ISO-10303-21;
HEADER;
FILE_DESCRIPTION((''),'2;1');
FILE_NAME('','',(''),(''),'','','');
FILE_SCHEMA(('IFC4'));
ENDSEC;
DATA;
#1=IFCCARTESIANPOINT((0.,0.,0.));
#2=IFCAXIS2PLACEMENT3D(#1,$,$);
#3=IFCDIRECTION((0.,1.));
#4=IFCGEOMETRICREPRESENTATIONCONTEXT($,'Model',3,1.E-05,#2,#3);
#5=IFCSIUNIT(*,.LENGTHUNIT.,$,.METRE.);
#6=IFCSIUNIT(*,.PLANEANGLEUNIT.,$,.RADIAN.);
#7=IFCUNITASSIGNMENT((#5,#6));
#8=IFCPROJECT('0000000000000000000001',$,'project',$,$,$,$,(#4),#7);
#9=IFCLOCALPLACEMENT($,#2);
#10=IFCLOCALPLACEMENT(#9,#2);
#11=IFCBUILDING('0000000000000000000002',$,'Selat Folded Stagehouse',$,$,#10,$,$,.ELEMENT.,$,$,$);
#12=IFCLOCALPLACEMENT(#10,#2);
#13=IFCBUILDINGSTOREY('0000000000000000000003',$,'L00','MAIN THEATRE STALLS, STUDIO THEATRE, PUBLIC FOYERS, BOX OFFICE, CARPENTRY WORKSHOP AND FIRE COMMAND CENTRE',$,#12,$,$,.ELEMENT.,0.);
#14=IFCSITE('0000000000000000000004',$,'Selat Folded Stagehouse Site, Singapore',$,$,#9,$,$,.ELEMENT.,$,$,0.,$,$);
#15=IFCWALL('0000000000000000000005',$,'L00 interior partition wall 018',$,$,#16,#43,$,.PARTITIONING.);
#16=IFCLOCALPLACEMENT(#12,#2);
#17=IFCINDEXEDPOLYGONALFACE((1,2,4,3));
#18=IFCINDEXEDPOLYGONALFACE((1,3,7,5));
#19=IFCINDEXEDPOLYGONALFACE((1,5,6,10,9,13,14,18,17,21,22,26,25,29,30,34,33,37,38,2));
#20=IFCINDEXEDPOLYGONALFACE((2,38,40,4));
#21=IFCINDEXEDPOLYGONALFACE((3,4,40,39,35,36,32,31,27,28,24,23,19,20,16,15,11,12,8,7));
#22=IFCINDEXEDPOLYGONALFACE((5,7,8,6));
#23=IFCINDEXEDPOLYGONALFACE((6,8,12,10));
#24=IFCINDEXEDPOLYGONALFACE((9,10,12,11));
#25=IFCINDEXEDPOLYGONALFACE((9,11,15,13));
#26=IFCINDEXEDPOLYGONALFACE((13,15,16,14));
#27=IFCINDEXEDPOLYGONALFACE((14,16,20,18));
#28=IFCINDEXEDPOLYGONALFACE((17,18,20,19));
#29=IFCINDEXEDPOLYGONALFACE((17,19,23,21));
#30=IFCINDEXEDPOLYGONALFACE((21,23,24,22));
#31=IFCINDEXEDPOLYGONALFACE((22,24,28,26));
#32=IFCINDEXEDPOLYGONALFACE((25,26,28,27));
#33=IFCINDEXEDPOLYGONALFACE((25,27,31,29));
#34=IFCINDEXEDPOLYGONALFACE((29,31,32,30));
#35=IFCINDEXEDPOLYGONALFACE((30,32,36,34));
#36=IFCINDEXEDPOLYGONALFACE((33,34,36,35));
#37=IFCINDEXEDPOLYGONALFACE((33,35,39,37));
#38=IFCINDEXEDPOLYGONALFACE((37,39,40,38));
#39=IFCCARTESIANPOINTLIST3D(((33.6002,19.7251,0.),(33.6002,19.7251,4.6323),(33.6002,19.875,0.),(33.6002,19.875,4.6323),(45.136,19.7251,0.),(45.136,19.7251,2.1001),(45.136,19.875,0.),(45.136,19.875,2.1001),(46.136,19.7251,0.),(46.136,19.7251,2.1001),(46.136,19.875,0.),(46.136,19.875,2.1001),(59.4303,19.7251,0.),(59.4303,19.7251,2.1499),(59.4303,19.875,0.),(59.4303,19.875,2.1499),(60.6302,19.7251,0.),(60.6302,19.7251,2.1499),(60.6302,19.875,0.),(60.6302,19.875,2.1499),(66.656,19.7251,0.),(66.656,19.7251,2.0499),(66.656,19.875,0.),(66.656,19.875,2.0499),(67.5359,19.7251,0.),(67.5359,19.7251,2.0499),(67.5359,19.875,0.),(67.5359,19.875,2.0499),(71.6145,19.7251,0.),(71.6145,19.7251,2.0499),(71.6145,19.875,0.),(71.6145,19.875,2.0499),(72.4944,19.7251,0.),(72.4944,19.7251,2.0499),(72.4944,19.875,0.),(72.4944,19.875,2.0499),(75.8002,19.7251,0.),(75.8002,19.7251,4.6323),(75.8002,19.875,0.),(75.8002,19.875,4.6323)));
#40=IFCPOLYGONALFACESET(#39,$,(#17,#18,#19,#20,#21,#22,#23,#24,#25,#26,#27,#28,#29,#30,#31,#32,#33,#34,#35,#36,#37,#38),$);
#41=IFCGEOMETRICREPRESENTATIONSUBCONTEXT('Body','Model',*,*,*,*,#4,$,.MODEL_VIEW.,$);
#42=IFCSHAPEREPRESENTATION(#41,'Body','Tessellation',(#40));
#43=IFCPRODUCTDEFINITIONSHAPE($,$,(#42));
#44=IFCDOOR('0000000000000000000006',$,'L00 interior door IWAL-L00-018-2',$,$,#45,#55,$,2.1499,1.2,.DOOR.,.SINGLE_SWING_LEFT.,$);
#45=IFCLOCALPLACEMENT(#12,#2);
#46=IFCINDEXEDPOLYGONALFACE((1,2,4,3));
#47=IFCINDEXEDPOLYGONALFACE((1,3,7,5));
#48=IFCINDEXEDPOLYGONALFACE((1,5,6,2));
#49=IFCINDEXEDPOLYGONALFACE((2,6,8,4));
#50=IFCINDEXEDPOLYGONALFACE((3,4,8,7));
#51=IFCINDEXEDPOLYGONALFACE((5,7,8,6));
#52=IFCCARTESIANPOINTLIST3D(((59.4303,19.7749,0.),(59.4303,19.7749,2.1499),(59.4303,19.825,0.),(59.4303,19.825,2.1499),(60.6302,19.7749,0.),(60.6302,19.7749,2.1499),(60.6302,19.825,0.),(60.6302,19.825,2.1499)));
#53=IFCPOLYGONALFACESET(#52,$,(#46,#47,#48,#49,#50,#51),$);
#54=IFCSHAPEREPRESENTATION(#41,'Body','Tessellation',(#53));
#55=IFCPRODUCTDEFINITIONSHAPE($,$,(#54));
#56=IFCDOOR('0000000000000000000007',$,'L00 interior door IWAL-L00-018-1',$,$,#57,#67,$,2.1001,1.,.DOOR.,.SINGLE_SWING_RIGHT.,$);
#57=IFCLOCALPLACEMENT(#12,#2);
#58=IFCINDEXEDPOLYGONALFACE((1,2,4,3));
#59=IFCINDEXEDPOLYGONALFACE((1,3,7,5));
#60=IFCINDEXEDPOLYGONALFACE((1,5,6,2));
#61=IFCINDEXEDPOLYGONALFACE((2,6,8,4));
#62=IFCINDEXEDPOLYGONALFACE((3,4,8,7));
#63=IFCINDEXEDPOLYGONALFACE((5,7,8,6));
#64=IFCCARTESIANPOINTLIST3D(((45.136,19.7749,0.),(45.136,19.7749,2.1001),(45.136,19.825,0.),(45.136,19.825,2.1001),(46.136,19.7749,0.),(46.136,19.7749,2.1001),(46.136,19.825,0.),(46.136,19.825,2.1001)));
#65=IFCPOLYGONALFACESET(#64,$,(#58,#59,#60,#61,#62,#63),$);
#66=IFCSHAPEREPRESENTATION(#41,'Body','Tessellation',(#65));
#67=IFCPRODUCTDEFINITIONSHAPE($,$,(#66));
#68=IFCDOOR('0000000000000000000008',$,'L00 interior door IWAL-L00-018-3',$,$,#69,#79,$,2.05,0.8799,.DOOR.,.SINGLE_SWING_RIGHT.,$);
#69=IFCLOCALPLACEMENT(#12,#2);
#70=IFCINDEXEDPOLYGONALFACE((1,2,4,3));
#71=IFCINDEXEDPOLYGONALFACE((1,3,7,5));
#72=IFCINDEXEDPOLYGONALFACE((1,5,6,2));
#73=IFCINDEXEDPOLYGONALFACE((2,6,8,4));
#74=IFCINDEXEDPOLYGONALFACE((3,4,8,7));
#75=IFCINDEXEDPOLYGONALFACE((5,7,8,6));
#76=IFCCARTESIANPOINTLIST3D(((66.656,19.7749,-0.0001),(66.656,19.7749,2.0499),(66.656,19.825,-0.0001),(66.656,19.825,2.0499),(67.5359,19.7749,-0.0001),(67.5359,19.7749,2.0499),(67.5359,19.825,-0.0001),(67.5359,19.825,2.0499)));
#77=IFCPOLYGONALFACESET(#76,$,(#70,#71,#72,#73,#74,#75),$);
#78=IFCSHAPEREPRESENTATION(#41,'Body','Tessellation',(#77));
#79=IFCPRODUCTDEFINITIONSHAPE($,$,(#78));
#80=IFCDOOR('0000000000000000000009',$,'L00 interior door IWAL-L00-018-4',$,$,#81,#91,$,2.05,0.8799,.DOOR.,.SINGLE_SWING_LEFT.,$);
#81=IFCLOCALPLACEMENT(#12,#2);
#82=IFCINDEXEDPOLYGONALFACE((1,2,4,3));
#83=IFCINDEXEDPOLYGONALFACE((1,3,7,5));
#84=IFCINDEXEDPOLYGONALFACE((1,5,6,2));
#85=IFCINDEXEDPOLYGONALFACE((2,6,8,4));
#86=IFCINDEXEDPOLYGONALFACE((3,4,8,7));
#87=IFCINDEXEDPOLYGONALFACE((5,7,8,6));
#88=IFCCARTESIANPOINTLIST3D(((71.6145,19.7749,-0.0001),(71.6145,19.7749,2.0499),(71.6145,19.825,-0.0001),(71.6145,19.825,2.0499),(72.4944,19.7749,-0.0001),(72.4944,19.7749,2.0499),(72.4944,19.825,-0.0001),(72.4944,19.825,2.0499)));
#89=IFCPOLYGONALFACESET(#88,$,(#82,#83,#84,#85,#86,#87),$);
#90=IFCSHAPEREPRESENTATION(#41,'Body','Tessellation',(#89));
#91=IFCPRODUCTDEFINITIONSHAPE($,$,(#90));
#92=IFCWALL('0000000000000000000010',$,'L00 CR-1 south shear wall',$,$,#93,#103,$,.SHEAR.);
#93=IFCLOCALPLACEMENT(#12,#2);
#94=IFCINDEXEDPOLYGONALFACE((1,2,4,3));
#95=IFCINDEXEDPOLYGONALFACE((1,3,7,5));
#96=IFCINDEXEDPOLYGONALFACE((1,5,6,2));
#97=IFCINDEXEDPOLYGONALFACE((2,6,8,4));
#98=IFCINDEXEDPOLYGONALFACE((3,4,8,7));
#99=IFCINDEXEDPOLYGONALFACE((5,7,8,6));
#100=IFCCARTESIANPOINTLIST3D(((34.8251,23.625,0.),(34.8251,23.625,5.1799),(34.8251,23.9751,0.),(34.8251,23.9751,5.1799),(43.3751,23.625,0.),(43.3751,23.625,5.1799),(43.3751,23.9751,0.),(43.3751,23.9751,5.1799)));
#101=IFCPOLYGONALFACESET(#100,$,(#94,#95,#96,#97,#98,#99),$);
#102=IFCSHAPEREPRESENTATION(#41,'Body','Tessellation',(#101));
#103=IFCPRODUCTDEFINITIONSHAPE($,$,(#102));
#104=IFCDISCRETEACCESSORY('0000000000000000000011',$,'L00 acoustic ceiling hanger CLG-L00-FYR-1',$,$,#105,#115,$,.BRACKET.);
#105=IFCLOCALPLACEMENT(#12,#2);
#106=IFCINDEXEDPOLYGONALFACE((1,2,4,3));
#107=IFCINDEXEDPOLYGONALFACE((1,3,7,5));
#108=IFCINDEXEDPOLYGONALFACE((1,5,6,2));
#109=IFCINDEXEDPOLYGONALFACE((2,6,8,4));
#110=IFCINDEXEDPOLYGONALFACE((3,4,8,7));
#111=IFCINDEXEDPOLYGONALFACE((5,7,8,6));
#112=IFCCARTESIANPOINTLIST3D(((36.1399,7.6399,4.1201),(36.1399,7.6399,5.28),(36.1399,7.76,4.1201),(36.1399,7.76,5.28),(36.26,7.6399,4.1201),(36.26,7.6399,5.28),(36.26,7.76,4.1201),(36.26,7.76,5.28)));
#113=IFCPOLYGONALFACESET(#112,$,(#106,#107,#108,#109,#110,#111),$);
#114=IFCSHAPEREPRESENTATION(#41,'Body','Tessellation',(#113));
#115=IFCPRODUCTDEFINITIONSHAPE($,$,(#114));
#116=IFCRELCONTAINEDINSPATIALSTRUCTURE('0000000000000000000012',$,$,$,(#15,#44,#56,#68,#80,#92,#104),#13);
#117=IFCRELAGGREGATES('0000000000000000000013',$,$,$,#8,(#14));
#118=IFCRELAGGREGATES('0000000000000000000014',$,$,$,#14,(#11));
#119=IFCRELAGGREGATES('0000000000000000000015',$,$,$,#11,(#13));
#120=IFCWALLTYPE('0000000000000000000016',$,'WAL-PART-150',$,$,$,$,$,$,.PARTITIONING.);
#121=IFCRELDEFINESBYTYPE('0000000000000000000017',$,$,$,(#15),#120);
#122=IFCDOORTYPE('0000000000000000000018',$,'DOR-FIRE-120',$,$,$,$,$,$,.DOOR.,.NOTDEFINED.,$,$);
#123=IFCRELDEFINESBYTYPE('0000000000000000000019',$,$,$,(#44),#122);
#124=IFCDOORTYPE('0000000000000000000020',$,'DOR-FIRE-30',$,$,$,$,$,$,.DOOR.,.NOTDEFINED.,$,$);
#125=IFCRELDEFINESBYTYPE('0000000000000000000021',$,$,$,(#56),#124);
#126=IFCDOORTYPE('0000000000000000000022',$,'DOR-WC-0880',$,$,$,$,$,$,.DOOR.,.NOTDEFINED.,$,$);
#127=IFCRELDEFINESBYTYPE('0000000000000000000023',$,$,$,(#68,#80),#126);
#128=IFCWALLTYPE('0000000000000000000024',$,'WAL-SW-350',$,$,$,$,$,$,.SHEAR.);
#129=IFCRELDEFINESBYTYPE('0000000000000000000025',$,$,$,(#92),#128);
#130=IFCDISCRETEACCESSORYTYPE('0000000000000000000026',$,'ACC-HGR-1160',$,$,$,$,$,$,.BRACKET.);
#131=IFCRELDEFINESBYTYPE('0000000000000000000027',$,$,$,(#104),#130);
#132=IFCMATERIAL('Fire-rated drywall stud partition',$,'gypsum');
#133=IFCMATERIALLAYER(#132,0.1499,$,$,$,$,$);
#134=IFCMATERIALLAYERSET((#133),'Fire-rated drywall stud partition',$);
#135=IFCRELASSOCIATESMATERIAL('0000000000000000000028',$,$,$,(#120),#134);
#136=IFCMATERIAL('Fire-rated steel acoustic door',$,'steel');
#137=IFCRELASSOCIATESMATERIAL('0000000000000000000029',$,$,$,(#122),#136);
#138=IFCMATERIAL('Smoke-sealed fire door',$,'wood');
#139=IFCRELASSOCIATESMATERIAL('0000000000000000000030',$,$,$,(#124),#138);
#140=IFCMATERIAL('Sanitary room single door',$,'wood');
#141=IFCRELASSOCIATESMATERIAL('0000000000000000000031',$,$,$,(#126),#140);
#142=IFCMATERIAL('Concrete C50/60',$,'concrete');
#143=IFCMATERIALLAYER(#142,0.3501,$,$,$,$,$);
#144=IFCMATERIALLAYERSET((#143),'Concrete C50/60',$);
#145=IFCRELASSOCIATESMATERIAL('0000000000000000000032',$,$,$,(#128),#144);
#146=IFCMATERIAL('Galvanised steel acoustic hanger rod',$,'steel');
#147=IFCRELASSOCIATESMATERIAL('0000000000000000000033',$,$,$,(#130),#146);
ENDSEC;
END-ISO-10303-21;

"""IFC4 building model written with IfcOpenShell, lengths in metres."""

from ifc_helpers import new_model, si_unit, direction, frame, frame_2d, origin, origin_2d, place, context, subcontext, project, spatial, rectangle, extrude, material, layer, layer_set, type_object, element, fill, save


model = new_model("IFC4")

# Units and contexts
model_context = context("Model", 3, precision=1e-05, world=origin(), true_north=direction((0.0, 1.0)))
body_context = subcontext(model_context, "Body", "Model", "MODEL_VIEW")
ifc_project = project(units=[si_unit("LENGTHUNIT", "METRE"), si_unit("PLANEANGLEUNIT", "RADIAN")], contexts=[model_context])

# Site, building, storey
site_placement = place(None, origin())
site = spatial("IfcSite", under=ifc_project, at=site_placement, Name="Selat Folded Stagehouse Site, Singapore", CompositionType="ELEMENT", RefElevation=0.0)
building_placement = place(site_placement, origin())
building = spatial("IfcBuilding", under=site, at=building_placement, Name="Selat Folded Stagehouse", CompositionType="ELEMENT")
storey_placement = place(building_placement, origin())
storey = spatial("IfcBuildingStorey", under=building, at=storey_placement, Name="L00", Description="MAIN THEATRE STALLS, STUDIO THEATRE, PUBLIC FOYERS, BOX OFFICE, CARPENTRY WORKSHOP AND FIRE COMMAND CENTRE", CompositionType="ELEMENT", Elevation=0.0)

# Wall, openings, doors
ifc_material_1 = material(Name="Fire-rated drywall stud partition", Category="gypsum")
ifc_layer_1 = layer(ifc_material_1, 0.1499)
ifc_layer_set_1 = layer_set([ifc_layer_1], Name="Fire-rated drywall stud partition")
wall_type_1 = type_object("IfcWallType", Name="WAL-PART-150", PredefinedType="PARTITIONING", material=ifc_layer_set_1)
wall_1_placement = place(storey_placement, frame((33.6001, 19.8, 0.0), z_axis=(0.0, 0.0, 1.0), x_axis=(1.0, 0.0, 0.0)))
wall_1 = element("IfcWall", 1, at=wall_1_placement, inside=storey, type_object=wall_type_1, Name="L00 interior partition wall 018", PredefinedType="PARTITIONING", context=body_context, shape_type="SweptSolid", body=[
    extrude(rectangle(XDim=42.2, YDim=0.1499, at=frame_2d((21.1001, 0.0))), origin(), (0.0, 0.0, 1.0), 4.6323),
])
opening_1_placement = place(wall_1_placement, frame((11.5359, 0.0, 0.0)))
opening_1 = element("IfcOpeningElement", 2, at=opening_1_placement, cuts=wall_1, PredefinedType="OPENING", context=body_context, shape_type="SweptSolid", body=[
    extrude(rectangle(XDim=1.0, YDim=2.1001, at=frame_2d((0.5, 1.05))), frame((0.0, 0.085, 0.0), z_axis=(0.0, -1.0, 0.0), x_axis=(1.0, 0.0, 0.0)), (0.0, 0.0, 1.0), 0.1699),
])
opening_2_placement = place(wall_1_placement, frame((25.8301, 0.0, 0.0)))
opening_2 = element("IfcOpeningElement", 3, at=opening_2_placement, cuts=wall_1, PredefinedType="OPENING", context=body_context, shape_type="SweptSolid", body=[
    extrude(rectangle(XDim=1.2, YDim=2.1499, at=frame_2d((0.6001, 1.075))), frame((0.0, 0.085, 0.0), z_axis=(0.0, -1.0, 0.0), x_axis=(1.0, 0.0, 0.0)), (0.0, 0.0, 1.0), 0.1699),
])
opening_3_placement = place(wall_1_placement, frame((33.0559, 0.0, 0.0)))
opening_3 = element("IfcOpeningElement", 4, at=opening_3_placement, cuts=wall_1, PredefinedType="OPENING", context=body_context, shape_type="SweptSolid", body=[
    extrude(rectangle(XDim=0.8799, YDim=2.05, at=frame_2d((0.4399, 1.0249))), frame((0.0, 0.085, 0.0), z_axis=(0.0, -1.0, 0.0), x_axis=(1.0, 0.0, 0.0)), (0.0, 0.0, 1.0), 0.1699),
])
opening_4_placement = place(wall_1_placement, frame((38.0144, 0.0, 0.0)))
opening_4 = element("IfcOpeningElement", 5, at=opening_4_placement, cuts=wall_1, PredefinedType="OPENING", context=body_context, shape_type="SweptSolid", body=[
    extrude(rectangle(XDim=0.8799, YDim=2.05, at=frame_2d((0.4399, 1.0249))), frame((0.0, 0.085, 0.0), z_axis=(0.0, -1.0, 0.0), x_axis=(1.0, 0.0, 0.0)), (0.0, 0.0, 1.0), 0.1699),
])
ifc_material_2 = material(Name="Fire-rated steel acoustic door", Category="steel")
door_type_1 = type_object("IfcDoorType", Name="DOR-FIRE-120", OperationType="NOTDEFINED", PredefinedType="DOOR", material=ifc_material_2)
door_1_placement = place(opening_2_placement, origin())
door_1 = element("IfcDoor", 6, at=door_1_placement, inside=storey, type_object=door_type_1, Name="L00 interior door IWAL-L00-018-2", OperationType="SINGLE_SWING_LEFT", OverallHeight=2.1499, OverallWidth=1.2, PredefinedType="DOOR", context=body_context, shape_type="SweptSolid", body=[
    extrude(rectangle(XDim=1.2, YDim=2.1499, at=frame_2d((0.6001, 1.075))), frame((0.0, 0.0249, 0.0), z_axis=(0.0, -1.0, 0.0), x_axis=(1.0, 0.0, 0.0)), (0.0, 0.0, 1.0), 0.05),
])
fill(opening_2, door_1)
ifc_material_3 = material(Name="Smoke-sealed fire door", Category="wood")
door_type_2 = type_object("IfcDoorType", Name="DOR-FIRE-30", OperationType="NOTDEFINED", PredefinedType="DOOR", material=ifc_material_3)
door_2_placement = place(opening_1_placement, origin())
door_2 = element("IfcDoor", 7, at=door_2_placement, inside=storey, type_object=door_type_2, Name="L00 interior door IWAL-L00-018-1", OperationType="SINGLE_SWING_RIGHT", OverallHeight=2.1001, OverallWidth=1.0, PredefinedType="DOOR", context=body_context, shape_type="SweptSolid", body=[
    extrude(rectangle(XDim=1.0, YDim=2.1001, at=frame_2d((0.5, 1.05))), frame((0.0, 0.0249, 0.0), z_axis=(0.0, -1.0, 0.0), x_axis=(1.0, 0.0, 0.0)), (0.0, 0.0, 1.0), 0.05),
])
fill(opening_1, door_2)
ifc_material_4 = material(Name="Sanitary room single door", Category="wood")
door_type_3 = type_object("IfcDoorType", Name="DOR-WC-0880", OperationType="NOTDEFINED", PredefinedType="DOOR", material=ifc_material_4)
door_3_placement = place(opening_3_placement, origin())
door_3 = element("IfcDoor", 8, at=door_3_placement, inside=storey, type_object=door_type_3, Name="L00 interior door IWAL-L00-018-3", OperationType="SINGLE_SWING_RIGHT", OverallHeight=2.05, OverallWidth=0.8799, PredefinedType="DOOR", context=body_context, shape_type="SweptSolid", body=[
    extrude(rectangle(XDim=0.8799, YDim=2.05, at=frame_2d((0.4399, 1.0249))), frame((0.0, 0.0249, 0.0), z_axis=(0.0, -1.0, 0.0), x_axis=(1.0, 0.0, 0.0)), (0.0, 0.0, 1.0), 0.05),
])
fill(opening_3, door_3)
door_4_placement = place(opening_4_placement, origin())
door_4 = element("IfcDoor", 9, at=door_4_placement, inside=storey, type_object=door_type_3, Name="L00 interior door IWAL-L00-018-4", OperationType="SINGLE_SWING_LEFT", OverallHeight=2.05, OverallWidth=0.8799, PredefinedType="DOOR", context=body_context, shape_type="SweptSolid", body=[
    extrude(rectangle(XDim=0.8799, YDim=2.05, at=frame_2d((0.4399, 1.0249))), frame((0.0, 0.0249, 0.0), z_axis=(0.0, -1.0, 0.0), x_axis=(1.0, 0.0, 0.0)), (0.0, 0.0, 1.0), 0.05),
])
fill(opening_4, door_4)

# Wall
ifc_material_5 = material(Name="Concrete C50/60", Category="concrete")
ifc_layer_2 = layer(ifc_material_5, 0.3501)
ifc_layer_set_2 = layer_set([ifc_layer_2], Name="Concrete C50/60")
wall_type_2 = type_object("IfcWallType", Name="WAL-SW-350", PredefinedType="SHEAR", material=ifc_layer_set_2)
wall_2_placement = place(storey_placement, frame((43.375, 23.8, 0.0), z_axis=(0.0, 0.0, 1.0), x_axis=(-1.0, 0.0, 0.0)))
element("IfcWall", 10, at=wall_2_placement, inside=storey, type_object=wall_type_2, Name="L00 CR-1 south shear wall", PredefinedType="SHEAR", context=body_context, shape_type="SweptSolid", body=[
    extrude(rectangle(XDim=8.55, YDim=0.3501, at=frame_2d((4.2749, 0.0))), origin(), (0.0, 0.0, 1.0), 5.1799),
])

# Discrete accessory
ifc_material_6 = material(Name="Galvanised steel acoustic hanger rod", Category="steel")
discrete_accessory_type = type_object("IfcDiscreteAccessoryType", Name="ACC-HGR-1160", PredefinedType="BRACKET", material=ifc_material_6)
discrete_accessory_placement = place(storey_placement, frame((36.2, 7.7, 4.1201), z_axis=(0.0, 0.0, 1.0), x_axis=(1.0, 0.0, 0.0)))
element("IfcDiscreteAccessory", 11, at=discrete_accessory_placement, inside=storey, type_object=discrete_accessory_type, Name="L00 acoustic ceiling hanger CLG-L00-FYR-1", PredefinedType="BRACKET", context=body_context, shape_type="SweptSolid", body=[
    extrude(rectangle(XDim=0.1201, YDim=0.1201, at=origin_2d()), origin(), (0.0, 0.0, 1.0), 1.1599),
])

save(model, "model.ifc")
